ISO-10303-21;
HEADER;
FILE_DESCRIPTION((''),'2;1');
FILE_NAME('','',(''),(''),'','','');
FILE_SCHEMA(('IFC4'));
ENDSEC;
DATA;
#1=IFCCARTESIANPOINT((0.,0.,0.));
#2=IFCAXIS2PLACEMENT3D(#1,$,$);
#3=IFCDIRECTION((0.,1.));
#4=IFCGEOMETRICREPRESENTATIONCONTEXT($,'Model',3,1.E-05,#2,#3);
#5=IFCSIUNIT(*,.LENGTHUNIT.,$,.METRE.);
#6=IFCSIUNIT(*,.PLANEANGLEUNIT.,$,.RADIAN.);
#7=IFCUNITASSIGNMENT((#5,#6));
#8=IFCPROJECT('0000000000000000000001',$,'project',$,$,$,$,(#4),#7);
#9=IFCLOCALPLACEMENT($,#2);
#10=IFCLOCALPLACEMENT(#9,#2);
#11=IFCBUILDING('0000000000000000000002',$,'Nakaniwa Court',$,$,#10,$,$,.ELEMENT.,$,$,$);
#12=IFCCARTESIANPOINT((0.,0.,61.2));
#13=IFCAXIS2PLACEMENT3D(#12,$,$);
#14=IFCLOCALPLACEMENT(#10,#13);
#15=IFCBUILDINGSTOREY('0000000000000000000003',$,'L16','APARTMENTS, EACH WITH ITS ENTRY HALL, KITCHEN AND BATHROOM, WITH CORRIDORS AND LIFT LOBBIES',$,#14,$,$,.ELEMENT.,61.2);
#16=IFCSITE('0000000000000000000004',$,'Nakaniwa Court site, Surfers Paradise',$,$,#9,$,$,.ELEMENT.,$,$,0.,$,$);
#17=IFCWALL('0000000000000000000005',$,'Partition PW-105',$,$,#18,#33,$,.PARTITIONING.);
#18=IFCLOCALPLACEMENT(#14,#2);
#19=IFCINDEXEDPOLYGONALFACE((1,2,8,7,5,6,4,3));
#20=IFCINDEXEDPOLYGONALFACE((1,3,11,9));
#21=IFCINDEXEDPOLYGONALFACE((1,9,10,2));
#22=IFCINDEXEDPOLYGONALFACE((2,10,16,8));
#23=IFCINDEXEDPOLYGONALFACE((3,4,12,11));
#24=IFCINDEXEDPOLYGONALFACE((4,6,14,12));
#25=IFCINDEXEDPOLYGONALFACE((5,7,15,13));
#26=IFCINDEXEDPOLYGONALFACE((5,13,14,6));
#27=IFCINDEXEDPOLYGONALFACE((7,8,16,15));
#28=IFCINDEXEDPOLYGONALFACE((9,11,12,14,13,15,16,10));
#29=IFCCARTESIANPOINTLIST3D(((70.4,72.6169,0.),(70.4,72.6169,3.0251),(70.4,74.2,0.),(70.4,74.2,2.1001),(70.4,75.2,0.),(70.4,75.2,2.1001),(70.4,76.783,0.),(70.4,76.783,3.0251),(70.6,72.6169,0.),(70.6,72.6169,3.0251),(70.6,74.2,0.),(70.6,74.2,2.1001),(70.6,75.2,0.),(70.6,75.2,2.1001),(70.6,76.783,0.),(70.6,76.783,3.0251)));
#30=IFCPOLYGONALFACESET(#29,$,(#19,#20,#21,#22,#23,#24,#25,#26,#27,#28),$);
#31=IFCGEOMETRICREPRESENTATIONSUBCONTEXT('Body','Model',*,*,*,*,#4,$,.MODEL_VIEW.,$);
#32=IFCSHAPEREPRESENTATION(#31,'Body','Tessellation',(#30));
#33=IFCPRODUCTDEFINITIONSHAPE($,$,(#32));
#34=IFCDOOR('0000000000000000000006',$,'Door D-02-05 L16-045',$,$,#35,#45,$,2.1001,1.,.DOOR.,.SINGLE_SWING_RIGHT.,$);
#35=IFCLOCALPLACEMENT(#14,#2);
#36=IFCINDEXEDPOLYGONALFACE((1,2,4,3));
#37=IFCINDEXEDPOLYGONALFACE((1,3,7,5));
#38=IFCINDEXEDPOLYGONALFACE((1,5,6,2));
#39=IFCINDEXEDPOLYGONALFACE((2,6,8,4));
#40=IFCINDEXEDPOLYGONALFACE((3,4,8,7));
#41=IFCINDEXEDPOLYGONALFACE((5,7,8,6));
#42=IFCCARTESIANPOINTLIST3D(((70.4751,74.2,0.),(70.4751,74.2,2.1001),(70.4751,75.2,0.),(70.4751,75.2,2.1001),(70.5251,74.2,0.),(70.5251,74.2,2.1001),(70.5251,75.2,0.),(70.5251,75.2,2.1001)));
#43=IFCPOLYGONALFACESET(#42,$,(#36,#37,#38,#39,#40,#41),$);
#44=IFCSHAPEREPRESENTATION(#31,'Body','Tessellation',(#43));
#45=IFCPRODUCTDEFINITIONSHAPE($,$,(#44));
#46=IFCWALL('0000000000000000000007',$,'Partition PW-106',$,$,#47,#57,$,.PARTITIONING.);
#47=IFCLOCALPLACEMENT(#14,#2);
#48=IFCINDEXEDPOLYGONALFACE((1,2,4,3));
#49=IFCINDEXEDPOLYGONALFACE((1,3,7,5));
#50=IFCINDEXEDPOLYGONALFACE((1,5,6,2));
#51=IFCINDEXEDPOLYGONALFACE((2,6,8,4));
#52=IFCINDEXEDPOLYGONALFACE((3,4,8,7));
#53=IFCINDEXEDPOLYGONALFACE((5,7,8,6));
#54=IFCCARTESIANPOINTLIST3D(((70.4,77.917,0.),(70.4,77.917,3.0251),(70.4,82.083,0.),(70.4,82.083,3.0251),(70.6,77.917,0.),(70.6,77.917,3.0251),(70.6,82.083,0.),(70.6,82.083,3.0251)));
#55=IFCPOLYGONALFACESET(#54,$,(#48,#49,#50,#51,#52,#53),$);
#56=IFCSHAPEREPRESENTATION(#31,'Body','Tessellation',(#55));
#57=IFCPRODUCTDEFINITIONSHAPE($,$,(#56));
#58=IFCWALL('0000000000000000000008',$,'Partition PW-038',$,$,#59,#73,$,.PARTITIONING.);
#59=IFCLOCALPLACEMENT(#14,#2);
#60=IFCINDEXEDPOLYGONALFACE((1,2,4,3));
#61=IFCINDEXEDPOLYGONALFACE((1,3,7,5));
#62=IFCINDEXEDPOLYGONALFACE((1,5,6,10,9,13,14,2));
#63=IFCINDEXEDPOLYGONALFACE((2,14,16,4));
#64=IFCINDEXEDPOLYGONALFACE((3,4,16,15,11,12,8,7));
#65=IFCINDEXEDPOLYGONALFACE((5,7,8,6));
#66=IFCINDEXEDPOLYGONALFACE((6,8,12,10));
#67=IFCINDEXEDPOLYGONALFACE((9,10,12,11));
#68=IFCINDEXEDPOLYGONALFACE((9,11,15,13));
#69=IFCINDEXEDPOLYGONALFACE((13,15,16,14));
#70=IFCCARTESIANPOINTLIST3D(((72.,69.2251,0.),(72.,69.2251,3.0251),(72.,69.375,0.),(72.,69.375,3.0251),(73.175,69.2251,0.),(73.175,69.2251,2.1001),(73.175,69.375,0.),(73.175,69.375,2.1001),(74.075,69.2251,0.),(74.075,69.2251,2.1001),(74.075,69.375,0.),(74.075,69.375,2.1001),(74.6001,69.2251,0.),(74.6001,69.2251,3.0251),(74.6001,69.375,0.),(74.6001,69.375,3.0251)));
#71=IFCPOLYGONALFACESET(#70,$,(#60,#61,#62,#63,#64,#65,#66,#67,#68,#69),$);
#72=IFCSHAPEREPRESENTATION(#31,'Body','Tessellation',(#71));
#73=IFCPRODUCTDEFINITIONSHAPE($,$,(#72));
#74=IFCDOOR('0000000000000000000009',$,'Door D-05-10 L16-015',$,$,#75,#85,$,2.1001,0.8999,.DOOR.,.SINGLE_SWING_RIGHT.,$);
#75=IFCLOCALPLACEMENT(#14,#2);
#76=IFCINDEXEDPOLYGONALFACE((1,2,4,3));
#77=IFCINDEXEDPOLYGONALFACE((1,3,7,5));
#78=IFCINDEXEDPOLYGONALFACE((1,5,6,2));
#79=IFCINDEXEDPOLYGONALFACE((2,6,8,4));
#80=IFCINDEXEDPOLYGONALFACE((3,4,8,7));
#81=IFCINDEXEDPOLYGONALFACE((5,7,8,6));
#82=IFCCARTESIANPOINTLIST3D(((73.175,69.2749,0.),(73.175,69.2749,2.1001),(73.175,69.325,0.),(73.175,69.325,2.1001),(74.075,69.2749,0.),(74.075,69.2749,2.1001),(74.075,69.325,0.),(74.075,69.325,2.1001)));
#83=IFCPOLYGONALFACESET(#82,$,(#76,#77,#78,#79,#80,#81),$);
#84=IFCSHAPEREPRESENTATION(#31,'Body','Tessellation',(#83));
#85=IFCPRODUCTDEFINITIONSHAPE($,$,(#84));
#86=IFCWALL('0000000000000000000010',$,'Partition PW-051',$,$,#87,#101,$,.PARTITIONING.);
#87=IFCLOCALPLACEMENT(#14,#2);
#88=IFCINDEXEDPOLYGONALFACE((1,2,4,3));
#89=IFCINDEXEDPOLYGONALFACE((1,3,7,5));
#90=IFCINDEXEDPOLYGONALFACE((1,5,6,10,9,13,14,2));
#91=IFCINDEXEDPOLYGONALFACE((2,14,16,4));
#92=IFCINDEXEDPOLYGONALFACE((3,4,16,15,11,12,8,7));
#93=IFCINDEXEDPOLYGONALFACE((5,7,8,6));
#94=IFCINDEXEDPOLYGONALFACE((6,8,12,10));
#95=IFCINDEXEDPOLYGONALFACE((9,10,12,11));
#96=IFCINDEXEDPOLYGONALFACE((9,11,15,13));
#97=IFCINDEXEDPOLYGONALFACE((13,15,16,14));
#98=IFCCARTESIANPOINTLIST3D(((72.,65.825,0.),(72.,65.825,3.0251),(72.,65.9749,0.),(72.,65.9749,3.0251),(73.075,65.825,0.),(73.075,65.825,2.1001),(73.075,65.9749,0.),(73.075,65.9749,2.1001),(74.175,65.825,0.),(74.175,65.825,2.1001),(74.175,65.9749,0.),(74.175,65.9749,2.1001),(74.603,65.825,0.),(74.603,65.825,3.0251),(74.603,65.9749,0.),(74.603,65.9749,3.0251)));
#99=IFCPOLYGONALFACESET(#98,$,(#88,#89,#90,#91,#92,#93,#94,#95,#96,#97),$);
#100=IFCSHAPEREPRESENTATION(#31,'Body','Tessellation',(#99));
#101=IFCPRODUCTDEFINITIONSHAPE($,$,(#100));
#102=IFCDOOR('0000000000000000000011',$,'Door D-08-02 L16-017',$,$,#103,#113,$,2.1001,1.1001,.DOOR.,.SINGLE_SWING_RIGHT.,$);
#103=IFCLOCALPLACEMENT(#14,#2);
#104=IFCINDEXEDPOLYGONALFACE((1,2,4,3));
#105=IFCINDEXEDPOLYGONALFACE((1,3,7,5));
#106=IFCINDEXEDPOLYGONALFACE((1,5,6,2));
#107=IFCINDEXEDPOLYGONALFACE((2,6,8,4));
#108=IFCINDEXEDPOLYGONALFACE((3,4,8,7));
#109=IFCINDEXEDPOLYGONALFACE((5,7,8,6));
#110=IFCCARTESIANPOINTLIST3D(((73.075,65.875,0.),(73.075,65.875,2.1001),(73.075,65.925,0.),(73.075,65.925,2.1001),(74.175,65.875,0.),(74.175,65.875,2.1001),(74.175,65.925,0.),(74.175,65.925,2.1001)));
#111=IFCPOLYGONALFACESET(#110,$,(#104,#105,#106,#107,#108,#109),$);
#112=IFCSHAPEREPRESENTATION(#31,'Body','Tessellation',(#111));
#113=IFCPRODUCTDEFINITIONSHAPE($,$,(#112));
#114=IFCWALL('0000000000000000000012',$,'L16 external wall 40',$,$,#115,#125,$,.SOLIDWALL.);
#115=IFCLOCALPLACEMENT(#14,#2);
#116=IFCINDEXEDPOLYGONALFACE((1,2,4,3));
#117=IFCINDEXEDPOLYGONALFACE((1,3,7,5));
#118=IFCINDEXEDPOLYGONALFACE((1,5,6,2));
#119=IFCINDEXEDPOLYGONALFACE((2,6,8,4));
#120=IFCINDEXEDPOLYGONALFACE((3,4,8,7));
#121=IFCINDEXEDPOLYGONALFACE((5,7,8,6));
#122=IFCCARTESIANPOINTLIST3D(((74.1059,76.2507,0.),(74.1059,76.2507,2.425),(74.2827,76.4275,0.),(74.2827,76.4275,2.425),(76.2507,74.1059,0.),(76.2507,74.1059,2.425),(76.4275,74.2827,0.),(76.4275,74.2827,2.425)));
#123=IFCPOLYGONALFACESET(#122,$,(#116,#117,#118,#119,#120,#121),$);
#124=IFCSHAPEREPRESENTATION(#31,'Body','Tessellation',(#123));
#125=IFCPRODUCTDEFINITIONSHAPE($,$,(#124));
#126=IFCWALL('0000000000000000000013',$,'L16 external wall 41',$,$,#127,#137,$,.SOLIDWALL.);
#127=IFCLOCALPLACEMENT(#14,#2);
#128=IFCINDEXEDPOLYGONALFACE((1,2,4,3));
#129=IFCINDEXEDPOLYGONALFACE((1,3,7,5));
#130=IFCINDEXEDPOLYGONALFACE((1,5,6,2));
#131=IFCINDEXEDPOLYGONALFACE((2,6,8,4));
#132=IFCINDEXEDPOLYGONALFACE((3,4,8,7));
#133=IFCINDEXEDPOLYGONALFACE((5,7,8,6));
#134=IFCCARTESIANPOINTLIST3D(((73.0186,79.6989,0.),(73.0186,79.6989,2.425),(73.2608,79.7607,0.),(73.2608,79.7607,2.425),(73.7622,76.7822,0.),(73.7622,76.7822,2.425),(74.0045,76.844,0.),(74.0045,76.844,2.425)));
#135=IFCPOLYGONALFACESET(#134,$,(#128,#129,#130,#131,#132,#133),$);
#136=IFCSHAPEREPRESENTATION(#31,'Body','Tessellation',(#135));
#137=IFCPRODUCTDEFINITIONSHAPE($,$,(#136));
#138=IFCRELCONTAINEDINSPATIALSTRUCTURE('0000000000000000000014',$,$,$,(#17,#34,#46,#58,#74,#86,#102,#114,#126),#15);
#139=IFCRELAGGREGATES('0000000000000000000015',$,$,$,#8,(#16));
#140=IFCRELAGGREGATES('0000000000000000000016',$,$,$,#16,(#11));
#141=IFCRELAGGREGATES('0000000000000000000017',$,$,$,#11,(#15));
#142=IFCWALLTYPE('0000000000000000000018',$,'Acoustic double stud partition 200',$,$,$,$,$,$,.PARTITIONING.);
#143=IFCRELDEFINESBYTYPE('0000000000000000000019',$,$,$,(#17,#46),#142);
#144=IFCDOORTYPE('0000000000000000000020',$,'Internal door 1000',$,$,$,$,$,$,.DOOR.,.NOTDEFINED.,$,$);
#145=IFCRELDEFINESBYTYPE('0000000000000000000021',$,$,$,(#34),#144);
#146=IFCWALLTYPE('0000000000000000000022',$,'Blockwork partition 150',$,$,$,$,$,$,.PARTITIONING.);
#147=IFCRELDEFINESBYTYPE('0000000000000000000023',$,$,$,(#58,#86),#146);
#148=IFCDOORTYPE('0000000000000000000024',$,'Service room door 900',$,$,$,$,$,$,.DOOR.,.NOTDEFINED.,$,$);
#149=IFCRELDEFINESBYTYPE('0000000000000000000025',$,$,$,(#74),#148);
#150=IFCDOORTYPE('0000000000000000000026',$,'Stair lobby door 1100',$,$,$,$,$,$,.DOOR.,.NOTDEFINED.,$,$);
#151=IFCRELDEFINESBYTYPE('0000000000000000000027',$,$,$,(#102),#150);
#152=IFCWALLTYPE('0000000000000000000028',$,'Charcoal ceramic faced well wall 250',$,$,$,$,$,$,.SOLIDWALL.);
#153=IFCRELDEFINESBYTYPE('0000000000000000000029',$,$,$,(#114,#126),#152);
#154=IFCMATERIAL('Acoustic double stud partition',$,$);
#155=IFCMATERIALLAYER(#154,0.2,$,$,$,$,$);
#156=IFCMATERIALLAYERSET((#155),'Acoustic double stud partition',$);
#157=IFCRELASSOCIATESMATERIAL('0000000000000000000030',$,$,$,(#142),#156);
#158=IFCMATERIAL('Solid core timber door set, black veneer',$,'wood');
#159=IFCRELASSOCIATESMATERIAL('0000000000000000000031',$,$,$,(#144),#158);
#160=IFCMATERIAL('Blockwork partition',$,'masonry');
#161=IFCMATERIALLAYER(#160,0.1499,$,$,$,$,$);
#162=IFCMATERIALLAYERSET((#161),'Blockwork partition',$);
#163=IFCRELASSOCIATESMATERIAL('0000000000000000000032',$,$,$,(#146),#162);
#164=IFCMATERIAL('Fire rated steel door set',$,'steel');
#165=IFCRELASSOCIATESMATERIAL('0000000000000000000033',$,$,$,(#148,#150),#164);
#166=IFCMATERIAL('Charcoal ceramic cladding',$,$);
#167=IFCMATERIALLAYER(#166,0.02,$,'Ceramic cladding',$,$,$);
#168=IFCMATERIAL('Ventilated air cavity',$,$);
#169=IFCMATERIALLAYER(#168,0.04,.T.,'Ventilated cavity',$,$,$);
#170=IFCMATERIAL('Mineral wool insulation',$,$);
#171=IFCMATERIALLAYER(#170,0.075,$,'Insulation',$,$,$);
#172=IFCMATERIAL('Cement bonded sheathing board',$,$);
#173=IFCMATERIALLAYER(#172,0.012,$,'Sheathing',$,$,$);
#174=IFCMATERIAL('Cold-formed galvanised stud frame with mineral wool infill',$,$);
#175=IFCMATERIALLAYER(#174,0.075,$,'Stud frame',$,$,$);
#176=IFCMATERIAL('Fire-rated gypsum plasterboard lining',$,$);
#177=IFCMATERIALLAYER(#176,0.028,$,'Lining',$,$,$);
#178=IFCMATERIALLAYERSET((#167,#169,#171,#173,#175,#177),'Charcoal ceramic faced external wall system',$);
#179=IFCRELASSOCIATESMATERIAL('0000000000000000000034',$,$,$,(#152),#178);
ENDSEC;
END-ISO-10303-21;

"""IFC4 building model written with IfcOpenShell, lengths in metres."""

from ifc_helpers import new_model, si_unit, direction, frame, frame_2d, origin, place, context, subcontext, project, spatial, rectangle, extrude, material, layer, layer_set, type_object, element, fill, save


model = new_model("IFC4")

# Units and contexts
model_context = context("Model", 3, precision=1e-05, world=origin(), true_north=direction((0.0, 1.0)))
body_context = subcontext(model_context, "Body", "Model", "MODEL_VIEW")
ifc_project = project(units=[si_unit("LENGTHUNIT", "METRE"), si_unit("PLANEANGLEUNIT", "RADIAN")], contexts=[model_context])

# Site, building, storey
site_placement = place(None, origin())
site = spatial("IfcSite", under=ifc_project, at=site_placement, Name="Nakaniwa Court site, Surfers Paradise", CompositionType="ELEMENT", RefElevation=0.0)
building_placement = place(site_placement, origin())
building = spatial("IfcBuilding", under=site, at=building_placement, Name="Nakaniwa Court", CompositionType="ELEMENT")
storey_placement = place(building_placement, frame((0.0, 0.0, 61.2)))
storey = spatial("IfcBuildingStorey", under=building, at=storey_placement, Name="L16", Description="APARTMENTS, EACH WITH ITS ENTRY HALL, KITCHEN AND BATHROOM, WITH CORRIDORS AND LIFT LOBBIES", CompositionType="ELEMENT", Elevation=61.2)

# Shared definitions
ifc_material_1 = material(Name="Acoustic double stud partition")
ifc_layer_1 = layer(ifc_material_1, 0.2)
ifc_layer_set_1 = layer_set([ifc_layer_1], Name="Acoustic double stud partition")
wall_type_1 = type_object("IfcWallType", Name="Acoustic double stud partition 200", PredefinedType="PARTITIONING", material=ifc_layer_set_1)

# Wall, opening, door
wall_1_placement = place(storey_placement, frame((70.5, 72.6169, 0.0), z_axis=(0.0, 0.0, 1.0), x_axis=(0.0, 1.0, 0.0)))
wall_1 = element("IfcWall", 1, at=wall_1_placement, inside=storey, type_object=wall_type_1, Name="Partition PW-105", PredefinedType="PARTITIONING", context=body_context, shape_type="SweptSolid", body=[
    extrude(rectangle(XDim=4.166, YDim=0.2, at=frame_2d((2.083, 0.0))), origin(), (0.0, 0.0, 1.0), 3.0251),
])
opening_1_placement = place(wall_1_placement, frame((1.583, 0.0, 0.0)))
opening_1 = element("IfcOpeningElement", 2, at=opening_1_placement, cuts=wall_1, PredefinedType="OPENING", context=body_context, shape_type="SweptSolid", body=[
    extrude(rectangle(XDim=1.0, YDim=2.1001, at=frame_2d((0.5, 1.05))), frame((0.0, 0.1099, 0.0), z_axis=(0.0, -1.0, 0.0), x_axis=(1.0, 0.0, 0.0)), (0.0, 0.0, 1.0), 0.22),
])
ifc_material_2 = material(Name="Solid core timber door set, black veneer", Category="wood")
door_type_1 = type_object("IfcDoorType", Name="Internal door 1000", OperationType="NOTDEFINED", PredefinedType="DOOR", material=ifc_material_2)
door_1_placement = place(opening_1_placement, origin())
door_1 = element("IfcDoor", 3, at=door_1_placement, inside=storey, type_object=door_type_1, Name="Door D-02-05 L16-045", OperationType="SINGLE_SWING_RIGHT", OverallHeight=2.1001, OverallWidth=1.0, PredefinedType="DOOR", context=body_context, shape_type="SweptSolid", body=[
    extrude(rectangle(XDim=1.0, YDim=2.1001, at=frame_2d((0.5, 1.05))), frame((0.0, 0.0249, 0.0), z_axis=(0.0, -1.0, 0.0), x_axis=(1.0, 0.0, 0.0)), (0.0, 0.0, 1.0), 0.05),
])
fill(opening_1, door_1)

# Wall
wall_2_placement = place(storey_placement, frame((70.5, 77.917, 0.0), z_axis=(0.0, 0.0, 1.0), x_axis=(0.0, 1.0, 0.0)))
element("IfcWall", 4, at=wall_2_placement, inside=storey, type_object=wall_type_1, Name="Partition PW-106", PredefinedType="PARTITIONING", context=body_context, shape_type="SweptSolid", body=[
    extrude(rectangle(XDim=4.166, YDim=0.2, at=frame_2d((2.083, 0.0))), origin(), (0.0, 0.0, 1.0), 3.0251),
])

# Walls, openings, doors
ifc_material_3 = material(Name="Blockwork partition", Category="masonry")
ifc_layer_2 = layer(ifc_material_3, 0.1499)
ifc_layer_set_2 = layer_set([ifc_layer_2], Name="Blockwork partition")
wall_type_2 = type_object("IfcWallType", Name="Blockwork partition 150", PredefinedType="PARTITIONING", material=ifc_layer_set_2)
wall_3_placement = place(storey_placement, frame((72.0, 69.3, 0.0), z_axis=(0.0, 0.0, 1.0), x_axis=(1.0, 0.0, 0.0)))
wall_3 = element("IfcWall", 5, at=wall_3_placement, inside=storey, type_object=wall_type_2, Name="Partition PW-038", PredefinedType="PARTITIONING", context=body_context, shape_type="SweptSolid", body=[
    extrude(rectangle(XDim=2.6001, YDim=0.1499, at=frame_2d((1.3, 0.0))), origin(), (0.0, 0.0, 1.0), 3.0251),
])
opening_2_placement = place(wall_3_placement, frame((1.175, 0.0, 0.0)))
opening_2 = element("IfcOpeningElement", 6, at=opening_2_placement, cuts=wall_3, PredefinedType="OPENING", context=body_context, shape_type="SweptSolid", body=[
    extrude(rectangle(XDim=0.8999, YDim=2.1001, at=frame_2d((0.45, 1.05))), frame((0.0, 0.085, 0.0), z_axis=(0.0, -1.0, 0.0), x_axis=(1.0, 0.0, 0.0)), (0.0, 0.0, 1.0), 0.1699),
])
ifc_material_4 = material(Name="Fire rated steel door set", Category="steel")
door_type_2 = type_object("IfcDoorType", Name="Service room door 900", OperationType="NOTDEFINED", PredefinedType="DOOR", material=ifc_material_4)
door_2_placement = place(opening_2_placement, origin())
door_2 = element("IfcDoor", 7, at=door_2_placement, inside=storey, type_object=door_type_2, Name="Door D-05-10 L16-015", OperationType="SINGLE_SWING_RIGHT", OverallHeight=2.1001, OverallWidth=0.8999, PredefinedType="DOOR", context=body_context, shape_type="SweptSolid", body=[
    extrude(rectangle(XDim=0.8999, YDim=2.1001, at=frame_2d((0.45, 1.05))), frame((0.0, 0.0249, 0.0), z_axis=(0.0, -1.0, 0.0), x_axis=(1.0, 0.0, 0.0)), (0.0, 0.0, 1.0), 0.05),
])
fill(opening_2, door_2)
wall_4_placement = place(storey_placement, frame((74.603, 65.8999, 0.0), z_axis=(0.0, 0.0, 1.0), x_axis=(-1.0, 0.0, 0.0)))
wall_4 = element("IfcWall", 8, at=wall_4_placement, inside=storey, type_object=wall_type_2, Name="Partition PW-051", PredefinedType="PARTITIONING", context=body_context, shape_type="SweptSolid", body=[
    extrude(rectangle(XDim=2.603, YDim=0.1499, at=frame_2d((1.3015, 0.0))), origin(), (0.0, 0.0, 1.0), 3.0251),
])
opening_3_placement = place(wall_4_placement, frame((0.428, 0.0, 0.0)))
opening_3 = element("IfcOpeningElement", 9, at=opening_3_placement, cuts=wall_4, PredefinedType="OPENING", context=body_context, shape_type="SweptSolid", body=[
    extrude(rectangle(XDim=1.1001, YDim=2.1001, at=frame_2d((0.55, 1.05))), frame((0.0, 0.085, 0.0), z_axis=(0.0, -1.0, 0.0), x_axis=(1.0, 0.0, 0.0)), (0.0, 0.0, 1.0), 0.1699),
])
door_type_3 = type_object("IfcDoorType", Name="Stair lobby door 1100", OperationType="NOTDEFINED", PredefinedType="DOOR", material=ifc_material_4)
door_3_placement = place(opening_3_placement, origin())
door_3 = element("IfcDoor", 10, at=door_3_placement, inside=storey, type_object=door_type_3, Name="Door D-08-02 L16-017", OperationType="SINGLE_SWING_RIGHT", OverallHeight=2.1001, OverallWidth=1.1001, PredefinedType="DOOR", context=body_context, shape_type="SweptSolid", body=[
    extrude(rectangle(XDim=1.1001, YDim=2.1001, at=frame_2d((0.55, 1.05))), frame((0.0, 0.0249, 0.0), z_axis=(0.0, -1.0, 0.0), x_axis=(1.0, 0.0, 0.0)), (0.0, 0.0, 1.0), 0.05),
])
fill(opening_3, door_3)

# Walls
ifc_material_5 = material(Name="Charcoal ceramic cladding")
ifc_layer_3 = layer(ifc_material_5, 0.02, Name="Ceramic cladding")
ifc_material_6 = material(Name="Ventilated air cavity")
ifc_layer_4 = layer(ifc_material_6, 0.04, ventilated=True, Name="Ventilated cavity")
ifc_material_7 = material(Name="Mineral wool insulation")
ifc_layer_5 = layer(ifc_material_7, 0.075, Name="Insulation")
ifc_material_8 = material(Name="Cement bonded sheathing board")
ifc_layer_6 = layer(ifc_material_8, 0.012, Name="Sheathing")
ifc_material_9 = material(Name="Cold-formed galvanised stud frame with mineral wool infill")
ifc_layer_7 = layer(ifc_material_9, 0.075, Name="Stud frame")
ifc_material_10 = material(Name="Fire-rated gypsum plasterboard lining")
ifc_layer_8 = layer(ifc_material_10, 0.028, Name="Lining")
ifc_layer_set_3 = layer_set([ifc_layer_3, ifc_layer_4, ifc_layer_5, ifc_layer_6, ifc_layer_7, ifc_layer_8], Name="Charcoal ceramic faced external wall system")
wall_type_3 = type_object("IfcWallType", Name="Charcoal ceramic faced well wall 250", PredefinedType="SOLIDWALL", material=ifc_layer_set_3)
wall_5_placement = place(storey_placement, frame((76.3391, 74.1943, 0.0), z_axis=(0.0, 0.0, 1.0), x_axis=(-0.707107, 0.707107, 0.0)))
element("IfcWall", 11, at=wall_5_placement, inside=storey, type_object=wall_type_3, Name="L16 external wall 40", PredefinedType="SOLIDWALL", context=body_context, shape_type="SweptSolid", body=[
    extrude(rectangle(XDim=3.0332, YDim=0.25, at=frame_2d((1.5166, 0.0))), origin(), (0.0, 0.0, 1.0), 2.425),
])
wall_6_placement = place(storey_placement, frame((73.8833, 76.8132, 0.0), z_axis=(0.0, 0.0, 1.0), x_axis=(-0.247056, 0.969001, 0.0)))
element("IfcWall", 12, at=wall_6_placement, inside=storey, type_object=wall_type_3, Name="L16 external wall 41", PredefinedType="SOLIDWALL", context=body_context, shape_type="SweptSolid", body=[
    extrude(rectangle(XDim=3.01, YDim=0.25, at=frame_2d((1.5049, 0.0))), origin(), (0.0, 0.0, 1.0), 2.425),
])

save(model, "model.ifc")
